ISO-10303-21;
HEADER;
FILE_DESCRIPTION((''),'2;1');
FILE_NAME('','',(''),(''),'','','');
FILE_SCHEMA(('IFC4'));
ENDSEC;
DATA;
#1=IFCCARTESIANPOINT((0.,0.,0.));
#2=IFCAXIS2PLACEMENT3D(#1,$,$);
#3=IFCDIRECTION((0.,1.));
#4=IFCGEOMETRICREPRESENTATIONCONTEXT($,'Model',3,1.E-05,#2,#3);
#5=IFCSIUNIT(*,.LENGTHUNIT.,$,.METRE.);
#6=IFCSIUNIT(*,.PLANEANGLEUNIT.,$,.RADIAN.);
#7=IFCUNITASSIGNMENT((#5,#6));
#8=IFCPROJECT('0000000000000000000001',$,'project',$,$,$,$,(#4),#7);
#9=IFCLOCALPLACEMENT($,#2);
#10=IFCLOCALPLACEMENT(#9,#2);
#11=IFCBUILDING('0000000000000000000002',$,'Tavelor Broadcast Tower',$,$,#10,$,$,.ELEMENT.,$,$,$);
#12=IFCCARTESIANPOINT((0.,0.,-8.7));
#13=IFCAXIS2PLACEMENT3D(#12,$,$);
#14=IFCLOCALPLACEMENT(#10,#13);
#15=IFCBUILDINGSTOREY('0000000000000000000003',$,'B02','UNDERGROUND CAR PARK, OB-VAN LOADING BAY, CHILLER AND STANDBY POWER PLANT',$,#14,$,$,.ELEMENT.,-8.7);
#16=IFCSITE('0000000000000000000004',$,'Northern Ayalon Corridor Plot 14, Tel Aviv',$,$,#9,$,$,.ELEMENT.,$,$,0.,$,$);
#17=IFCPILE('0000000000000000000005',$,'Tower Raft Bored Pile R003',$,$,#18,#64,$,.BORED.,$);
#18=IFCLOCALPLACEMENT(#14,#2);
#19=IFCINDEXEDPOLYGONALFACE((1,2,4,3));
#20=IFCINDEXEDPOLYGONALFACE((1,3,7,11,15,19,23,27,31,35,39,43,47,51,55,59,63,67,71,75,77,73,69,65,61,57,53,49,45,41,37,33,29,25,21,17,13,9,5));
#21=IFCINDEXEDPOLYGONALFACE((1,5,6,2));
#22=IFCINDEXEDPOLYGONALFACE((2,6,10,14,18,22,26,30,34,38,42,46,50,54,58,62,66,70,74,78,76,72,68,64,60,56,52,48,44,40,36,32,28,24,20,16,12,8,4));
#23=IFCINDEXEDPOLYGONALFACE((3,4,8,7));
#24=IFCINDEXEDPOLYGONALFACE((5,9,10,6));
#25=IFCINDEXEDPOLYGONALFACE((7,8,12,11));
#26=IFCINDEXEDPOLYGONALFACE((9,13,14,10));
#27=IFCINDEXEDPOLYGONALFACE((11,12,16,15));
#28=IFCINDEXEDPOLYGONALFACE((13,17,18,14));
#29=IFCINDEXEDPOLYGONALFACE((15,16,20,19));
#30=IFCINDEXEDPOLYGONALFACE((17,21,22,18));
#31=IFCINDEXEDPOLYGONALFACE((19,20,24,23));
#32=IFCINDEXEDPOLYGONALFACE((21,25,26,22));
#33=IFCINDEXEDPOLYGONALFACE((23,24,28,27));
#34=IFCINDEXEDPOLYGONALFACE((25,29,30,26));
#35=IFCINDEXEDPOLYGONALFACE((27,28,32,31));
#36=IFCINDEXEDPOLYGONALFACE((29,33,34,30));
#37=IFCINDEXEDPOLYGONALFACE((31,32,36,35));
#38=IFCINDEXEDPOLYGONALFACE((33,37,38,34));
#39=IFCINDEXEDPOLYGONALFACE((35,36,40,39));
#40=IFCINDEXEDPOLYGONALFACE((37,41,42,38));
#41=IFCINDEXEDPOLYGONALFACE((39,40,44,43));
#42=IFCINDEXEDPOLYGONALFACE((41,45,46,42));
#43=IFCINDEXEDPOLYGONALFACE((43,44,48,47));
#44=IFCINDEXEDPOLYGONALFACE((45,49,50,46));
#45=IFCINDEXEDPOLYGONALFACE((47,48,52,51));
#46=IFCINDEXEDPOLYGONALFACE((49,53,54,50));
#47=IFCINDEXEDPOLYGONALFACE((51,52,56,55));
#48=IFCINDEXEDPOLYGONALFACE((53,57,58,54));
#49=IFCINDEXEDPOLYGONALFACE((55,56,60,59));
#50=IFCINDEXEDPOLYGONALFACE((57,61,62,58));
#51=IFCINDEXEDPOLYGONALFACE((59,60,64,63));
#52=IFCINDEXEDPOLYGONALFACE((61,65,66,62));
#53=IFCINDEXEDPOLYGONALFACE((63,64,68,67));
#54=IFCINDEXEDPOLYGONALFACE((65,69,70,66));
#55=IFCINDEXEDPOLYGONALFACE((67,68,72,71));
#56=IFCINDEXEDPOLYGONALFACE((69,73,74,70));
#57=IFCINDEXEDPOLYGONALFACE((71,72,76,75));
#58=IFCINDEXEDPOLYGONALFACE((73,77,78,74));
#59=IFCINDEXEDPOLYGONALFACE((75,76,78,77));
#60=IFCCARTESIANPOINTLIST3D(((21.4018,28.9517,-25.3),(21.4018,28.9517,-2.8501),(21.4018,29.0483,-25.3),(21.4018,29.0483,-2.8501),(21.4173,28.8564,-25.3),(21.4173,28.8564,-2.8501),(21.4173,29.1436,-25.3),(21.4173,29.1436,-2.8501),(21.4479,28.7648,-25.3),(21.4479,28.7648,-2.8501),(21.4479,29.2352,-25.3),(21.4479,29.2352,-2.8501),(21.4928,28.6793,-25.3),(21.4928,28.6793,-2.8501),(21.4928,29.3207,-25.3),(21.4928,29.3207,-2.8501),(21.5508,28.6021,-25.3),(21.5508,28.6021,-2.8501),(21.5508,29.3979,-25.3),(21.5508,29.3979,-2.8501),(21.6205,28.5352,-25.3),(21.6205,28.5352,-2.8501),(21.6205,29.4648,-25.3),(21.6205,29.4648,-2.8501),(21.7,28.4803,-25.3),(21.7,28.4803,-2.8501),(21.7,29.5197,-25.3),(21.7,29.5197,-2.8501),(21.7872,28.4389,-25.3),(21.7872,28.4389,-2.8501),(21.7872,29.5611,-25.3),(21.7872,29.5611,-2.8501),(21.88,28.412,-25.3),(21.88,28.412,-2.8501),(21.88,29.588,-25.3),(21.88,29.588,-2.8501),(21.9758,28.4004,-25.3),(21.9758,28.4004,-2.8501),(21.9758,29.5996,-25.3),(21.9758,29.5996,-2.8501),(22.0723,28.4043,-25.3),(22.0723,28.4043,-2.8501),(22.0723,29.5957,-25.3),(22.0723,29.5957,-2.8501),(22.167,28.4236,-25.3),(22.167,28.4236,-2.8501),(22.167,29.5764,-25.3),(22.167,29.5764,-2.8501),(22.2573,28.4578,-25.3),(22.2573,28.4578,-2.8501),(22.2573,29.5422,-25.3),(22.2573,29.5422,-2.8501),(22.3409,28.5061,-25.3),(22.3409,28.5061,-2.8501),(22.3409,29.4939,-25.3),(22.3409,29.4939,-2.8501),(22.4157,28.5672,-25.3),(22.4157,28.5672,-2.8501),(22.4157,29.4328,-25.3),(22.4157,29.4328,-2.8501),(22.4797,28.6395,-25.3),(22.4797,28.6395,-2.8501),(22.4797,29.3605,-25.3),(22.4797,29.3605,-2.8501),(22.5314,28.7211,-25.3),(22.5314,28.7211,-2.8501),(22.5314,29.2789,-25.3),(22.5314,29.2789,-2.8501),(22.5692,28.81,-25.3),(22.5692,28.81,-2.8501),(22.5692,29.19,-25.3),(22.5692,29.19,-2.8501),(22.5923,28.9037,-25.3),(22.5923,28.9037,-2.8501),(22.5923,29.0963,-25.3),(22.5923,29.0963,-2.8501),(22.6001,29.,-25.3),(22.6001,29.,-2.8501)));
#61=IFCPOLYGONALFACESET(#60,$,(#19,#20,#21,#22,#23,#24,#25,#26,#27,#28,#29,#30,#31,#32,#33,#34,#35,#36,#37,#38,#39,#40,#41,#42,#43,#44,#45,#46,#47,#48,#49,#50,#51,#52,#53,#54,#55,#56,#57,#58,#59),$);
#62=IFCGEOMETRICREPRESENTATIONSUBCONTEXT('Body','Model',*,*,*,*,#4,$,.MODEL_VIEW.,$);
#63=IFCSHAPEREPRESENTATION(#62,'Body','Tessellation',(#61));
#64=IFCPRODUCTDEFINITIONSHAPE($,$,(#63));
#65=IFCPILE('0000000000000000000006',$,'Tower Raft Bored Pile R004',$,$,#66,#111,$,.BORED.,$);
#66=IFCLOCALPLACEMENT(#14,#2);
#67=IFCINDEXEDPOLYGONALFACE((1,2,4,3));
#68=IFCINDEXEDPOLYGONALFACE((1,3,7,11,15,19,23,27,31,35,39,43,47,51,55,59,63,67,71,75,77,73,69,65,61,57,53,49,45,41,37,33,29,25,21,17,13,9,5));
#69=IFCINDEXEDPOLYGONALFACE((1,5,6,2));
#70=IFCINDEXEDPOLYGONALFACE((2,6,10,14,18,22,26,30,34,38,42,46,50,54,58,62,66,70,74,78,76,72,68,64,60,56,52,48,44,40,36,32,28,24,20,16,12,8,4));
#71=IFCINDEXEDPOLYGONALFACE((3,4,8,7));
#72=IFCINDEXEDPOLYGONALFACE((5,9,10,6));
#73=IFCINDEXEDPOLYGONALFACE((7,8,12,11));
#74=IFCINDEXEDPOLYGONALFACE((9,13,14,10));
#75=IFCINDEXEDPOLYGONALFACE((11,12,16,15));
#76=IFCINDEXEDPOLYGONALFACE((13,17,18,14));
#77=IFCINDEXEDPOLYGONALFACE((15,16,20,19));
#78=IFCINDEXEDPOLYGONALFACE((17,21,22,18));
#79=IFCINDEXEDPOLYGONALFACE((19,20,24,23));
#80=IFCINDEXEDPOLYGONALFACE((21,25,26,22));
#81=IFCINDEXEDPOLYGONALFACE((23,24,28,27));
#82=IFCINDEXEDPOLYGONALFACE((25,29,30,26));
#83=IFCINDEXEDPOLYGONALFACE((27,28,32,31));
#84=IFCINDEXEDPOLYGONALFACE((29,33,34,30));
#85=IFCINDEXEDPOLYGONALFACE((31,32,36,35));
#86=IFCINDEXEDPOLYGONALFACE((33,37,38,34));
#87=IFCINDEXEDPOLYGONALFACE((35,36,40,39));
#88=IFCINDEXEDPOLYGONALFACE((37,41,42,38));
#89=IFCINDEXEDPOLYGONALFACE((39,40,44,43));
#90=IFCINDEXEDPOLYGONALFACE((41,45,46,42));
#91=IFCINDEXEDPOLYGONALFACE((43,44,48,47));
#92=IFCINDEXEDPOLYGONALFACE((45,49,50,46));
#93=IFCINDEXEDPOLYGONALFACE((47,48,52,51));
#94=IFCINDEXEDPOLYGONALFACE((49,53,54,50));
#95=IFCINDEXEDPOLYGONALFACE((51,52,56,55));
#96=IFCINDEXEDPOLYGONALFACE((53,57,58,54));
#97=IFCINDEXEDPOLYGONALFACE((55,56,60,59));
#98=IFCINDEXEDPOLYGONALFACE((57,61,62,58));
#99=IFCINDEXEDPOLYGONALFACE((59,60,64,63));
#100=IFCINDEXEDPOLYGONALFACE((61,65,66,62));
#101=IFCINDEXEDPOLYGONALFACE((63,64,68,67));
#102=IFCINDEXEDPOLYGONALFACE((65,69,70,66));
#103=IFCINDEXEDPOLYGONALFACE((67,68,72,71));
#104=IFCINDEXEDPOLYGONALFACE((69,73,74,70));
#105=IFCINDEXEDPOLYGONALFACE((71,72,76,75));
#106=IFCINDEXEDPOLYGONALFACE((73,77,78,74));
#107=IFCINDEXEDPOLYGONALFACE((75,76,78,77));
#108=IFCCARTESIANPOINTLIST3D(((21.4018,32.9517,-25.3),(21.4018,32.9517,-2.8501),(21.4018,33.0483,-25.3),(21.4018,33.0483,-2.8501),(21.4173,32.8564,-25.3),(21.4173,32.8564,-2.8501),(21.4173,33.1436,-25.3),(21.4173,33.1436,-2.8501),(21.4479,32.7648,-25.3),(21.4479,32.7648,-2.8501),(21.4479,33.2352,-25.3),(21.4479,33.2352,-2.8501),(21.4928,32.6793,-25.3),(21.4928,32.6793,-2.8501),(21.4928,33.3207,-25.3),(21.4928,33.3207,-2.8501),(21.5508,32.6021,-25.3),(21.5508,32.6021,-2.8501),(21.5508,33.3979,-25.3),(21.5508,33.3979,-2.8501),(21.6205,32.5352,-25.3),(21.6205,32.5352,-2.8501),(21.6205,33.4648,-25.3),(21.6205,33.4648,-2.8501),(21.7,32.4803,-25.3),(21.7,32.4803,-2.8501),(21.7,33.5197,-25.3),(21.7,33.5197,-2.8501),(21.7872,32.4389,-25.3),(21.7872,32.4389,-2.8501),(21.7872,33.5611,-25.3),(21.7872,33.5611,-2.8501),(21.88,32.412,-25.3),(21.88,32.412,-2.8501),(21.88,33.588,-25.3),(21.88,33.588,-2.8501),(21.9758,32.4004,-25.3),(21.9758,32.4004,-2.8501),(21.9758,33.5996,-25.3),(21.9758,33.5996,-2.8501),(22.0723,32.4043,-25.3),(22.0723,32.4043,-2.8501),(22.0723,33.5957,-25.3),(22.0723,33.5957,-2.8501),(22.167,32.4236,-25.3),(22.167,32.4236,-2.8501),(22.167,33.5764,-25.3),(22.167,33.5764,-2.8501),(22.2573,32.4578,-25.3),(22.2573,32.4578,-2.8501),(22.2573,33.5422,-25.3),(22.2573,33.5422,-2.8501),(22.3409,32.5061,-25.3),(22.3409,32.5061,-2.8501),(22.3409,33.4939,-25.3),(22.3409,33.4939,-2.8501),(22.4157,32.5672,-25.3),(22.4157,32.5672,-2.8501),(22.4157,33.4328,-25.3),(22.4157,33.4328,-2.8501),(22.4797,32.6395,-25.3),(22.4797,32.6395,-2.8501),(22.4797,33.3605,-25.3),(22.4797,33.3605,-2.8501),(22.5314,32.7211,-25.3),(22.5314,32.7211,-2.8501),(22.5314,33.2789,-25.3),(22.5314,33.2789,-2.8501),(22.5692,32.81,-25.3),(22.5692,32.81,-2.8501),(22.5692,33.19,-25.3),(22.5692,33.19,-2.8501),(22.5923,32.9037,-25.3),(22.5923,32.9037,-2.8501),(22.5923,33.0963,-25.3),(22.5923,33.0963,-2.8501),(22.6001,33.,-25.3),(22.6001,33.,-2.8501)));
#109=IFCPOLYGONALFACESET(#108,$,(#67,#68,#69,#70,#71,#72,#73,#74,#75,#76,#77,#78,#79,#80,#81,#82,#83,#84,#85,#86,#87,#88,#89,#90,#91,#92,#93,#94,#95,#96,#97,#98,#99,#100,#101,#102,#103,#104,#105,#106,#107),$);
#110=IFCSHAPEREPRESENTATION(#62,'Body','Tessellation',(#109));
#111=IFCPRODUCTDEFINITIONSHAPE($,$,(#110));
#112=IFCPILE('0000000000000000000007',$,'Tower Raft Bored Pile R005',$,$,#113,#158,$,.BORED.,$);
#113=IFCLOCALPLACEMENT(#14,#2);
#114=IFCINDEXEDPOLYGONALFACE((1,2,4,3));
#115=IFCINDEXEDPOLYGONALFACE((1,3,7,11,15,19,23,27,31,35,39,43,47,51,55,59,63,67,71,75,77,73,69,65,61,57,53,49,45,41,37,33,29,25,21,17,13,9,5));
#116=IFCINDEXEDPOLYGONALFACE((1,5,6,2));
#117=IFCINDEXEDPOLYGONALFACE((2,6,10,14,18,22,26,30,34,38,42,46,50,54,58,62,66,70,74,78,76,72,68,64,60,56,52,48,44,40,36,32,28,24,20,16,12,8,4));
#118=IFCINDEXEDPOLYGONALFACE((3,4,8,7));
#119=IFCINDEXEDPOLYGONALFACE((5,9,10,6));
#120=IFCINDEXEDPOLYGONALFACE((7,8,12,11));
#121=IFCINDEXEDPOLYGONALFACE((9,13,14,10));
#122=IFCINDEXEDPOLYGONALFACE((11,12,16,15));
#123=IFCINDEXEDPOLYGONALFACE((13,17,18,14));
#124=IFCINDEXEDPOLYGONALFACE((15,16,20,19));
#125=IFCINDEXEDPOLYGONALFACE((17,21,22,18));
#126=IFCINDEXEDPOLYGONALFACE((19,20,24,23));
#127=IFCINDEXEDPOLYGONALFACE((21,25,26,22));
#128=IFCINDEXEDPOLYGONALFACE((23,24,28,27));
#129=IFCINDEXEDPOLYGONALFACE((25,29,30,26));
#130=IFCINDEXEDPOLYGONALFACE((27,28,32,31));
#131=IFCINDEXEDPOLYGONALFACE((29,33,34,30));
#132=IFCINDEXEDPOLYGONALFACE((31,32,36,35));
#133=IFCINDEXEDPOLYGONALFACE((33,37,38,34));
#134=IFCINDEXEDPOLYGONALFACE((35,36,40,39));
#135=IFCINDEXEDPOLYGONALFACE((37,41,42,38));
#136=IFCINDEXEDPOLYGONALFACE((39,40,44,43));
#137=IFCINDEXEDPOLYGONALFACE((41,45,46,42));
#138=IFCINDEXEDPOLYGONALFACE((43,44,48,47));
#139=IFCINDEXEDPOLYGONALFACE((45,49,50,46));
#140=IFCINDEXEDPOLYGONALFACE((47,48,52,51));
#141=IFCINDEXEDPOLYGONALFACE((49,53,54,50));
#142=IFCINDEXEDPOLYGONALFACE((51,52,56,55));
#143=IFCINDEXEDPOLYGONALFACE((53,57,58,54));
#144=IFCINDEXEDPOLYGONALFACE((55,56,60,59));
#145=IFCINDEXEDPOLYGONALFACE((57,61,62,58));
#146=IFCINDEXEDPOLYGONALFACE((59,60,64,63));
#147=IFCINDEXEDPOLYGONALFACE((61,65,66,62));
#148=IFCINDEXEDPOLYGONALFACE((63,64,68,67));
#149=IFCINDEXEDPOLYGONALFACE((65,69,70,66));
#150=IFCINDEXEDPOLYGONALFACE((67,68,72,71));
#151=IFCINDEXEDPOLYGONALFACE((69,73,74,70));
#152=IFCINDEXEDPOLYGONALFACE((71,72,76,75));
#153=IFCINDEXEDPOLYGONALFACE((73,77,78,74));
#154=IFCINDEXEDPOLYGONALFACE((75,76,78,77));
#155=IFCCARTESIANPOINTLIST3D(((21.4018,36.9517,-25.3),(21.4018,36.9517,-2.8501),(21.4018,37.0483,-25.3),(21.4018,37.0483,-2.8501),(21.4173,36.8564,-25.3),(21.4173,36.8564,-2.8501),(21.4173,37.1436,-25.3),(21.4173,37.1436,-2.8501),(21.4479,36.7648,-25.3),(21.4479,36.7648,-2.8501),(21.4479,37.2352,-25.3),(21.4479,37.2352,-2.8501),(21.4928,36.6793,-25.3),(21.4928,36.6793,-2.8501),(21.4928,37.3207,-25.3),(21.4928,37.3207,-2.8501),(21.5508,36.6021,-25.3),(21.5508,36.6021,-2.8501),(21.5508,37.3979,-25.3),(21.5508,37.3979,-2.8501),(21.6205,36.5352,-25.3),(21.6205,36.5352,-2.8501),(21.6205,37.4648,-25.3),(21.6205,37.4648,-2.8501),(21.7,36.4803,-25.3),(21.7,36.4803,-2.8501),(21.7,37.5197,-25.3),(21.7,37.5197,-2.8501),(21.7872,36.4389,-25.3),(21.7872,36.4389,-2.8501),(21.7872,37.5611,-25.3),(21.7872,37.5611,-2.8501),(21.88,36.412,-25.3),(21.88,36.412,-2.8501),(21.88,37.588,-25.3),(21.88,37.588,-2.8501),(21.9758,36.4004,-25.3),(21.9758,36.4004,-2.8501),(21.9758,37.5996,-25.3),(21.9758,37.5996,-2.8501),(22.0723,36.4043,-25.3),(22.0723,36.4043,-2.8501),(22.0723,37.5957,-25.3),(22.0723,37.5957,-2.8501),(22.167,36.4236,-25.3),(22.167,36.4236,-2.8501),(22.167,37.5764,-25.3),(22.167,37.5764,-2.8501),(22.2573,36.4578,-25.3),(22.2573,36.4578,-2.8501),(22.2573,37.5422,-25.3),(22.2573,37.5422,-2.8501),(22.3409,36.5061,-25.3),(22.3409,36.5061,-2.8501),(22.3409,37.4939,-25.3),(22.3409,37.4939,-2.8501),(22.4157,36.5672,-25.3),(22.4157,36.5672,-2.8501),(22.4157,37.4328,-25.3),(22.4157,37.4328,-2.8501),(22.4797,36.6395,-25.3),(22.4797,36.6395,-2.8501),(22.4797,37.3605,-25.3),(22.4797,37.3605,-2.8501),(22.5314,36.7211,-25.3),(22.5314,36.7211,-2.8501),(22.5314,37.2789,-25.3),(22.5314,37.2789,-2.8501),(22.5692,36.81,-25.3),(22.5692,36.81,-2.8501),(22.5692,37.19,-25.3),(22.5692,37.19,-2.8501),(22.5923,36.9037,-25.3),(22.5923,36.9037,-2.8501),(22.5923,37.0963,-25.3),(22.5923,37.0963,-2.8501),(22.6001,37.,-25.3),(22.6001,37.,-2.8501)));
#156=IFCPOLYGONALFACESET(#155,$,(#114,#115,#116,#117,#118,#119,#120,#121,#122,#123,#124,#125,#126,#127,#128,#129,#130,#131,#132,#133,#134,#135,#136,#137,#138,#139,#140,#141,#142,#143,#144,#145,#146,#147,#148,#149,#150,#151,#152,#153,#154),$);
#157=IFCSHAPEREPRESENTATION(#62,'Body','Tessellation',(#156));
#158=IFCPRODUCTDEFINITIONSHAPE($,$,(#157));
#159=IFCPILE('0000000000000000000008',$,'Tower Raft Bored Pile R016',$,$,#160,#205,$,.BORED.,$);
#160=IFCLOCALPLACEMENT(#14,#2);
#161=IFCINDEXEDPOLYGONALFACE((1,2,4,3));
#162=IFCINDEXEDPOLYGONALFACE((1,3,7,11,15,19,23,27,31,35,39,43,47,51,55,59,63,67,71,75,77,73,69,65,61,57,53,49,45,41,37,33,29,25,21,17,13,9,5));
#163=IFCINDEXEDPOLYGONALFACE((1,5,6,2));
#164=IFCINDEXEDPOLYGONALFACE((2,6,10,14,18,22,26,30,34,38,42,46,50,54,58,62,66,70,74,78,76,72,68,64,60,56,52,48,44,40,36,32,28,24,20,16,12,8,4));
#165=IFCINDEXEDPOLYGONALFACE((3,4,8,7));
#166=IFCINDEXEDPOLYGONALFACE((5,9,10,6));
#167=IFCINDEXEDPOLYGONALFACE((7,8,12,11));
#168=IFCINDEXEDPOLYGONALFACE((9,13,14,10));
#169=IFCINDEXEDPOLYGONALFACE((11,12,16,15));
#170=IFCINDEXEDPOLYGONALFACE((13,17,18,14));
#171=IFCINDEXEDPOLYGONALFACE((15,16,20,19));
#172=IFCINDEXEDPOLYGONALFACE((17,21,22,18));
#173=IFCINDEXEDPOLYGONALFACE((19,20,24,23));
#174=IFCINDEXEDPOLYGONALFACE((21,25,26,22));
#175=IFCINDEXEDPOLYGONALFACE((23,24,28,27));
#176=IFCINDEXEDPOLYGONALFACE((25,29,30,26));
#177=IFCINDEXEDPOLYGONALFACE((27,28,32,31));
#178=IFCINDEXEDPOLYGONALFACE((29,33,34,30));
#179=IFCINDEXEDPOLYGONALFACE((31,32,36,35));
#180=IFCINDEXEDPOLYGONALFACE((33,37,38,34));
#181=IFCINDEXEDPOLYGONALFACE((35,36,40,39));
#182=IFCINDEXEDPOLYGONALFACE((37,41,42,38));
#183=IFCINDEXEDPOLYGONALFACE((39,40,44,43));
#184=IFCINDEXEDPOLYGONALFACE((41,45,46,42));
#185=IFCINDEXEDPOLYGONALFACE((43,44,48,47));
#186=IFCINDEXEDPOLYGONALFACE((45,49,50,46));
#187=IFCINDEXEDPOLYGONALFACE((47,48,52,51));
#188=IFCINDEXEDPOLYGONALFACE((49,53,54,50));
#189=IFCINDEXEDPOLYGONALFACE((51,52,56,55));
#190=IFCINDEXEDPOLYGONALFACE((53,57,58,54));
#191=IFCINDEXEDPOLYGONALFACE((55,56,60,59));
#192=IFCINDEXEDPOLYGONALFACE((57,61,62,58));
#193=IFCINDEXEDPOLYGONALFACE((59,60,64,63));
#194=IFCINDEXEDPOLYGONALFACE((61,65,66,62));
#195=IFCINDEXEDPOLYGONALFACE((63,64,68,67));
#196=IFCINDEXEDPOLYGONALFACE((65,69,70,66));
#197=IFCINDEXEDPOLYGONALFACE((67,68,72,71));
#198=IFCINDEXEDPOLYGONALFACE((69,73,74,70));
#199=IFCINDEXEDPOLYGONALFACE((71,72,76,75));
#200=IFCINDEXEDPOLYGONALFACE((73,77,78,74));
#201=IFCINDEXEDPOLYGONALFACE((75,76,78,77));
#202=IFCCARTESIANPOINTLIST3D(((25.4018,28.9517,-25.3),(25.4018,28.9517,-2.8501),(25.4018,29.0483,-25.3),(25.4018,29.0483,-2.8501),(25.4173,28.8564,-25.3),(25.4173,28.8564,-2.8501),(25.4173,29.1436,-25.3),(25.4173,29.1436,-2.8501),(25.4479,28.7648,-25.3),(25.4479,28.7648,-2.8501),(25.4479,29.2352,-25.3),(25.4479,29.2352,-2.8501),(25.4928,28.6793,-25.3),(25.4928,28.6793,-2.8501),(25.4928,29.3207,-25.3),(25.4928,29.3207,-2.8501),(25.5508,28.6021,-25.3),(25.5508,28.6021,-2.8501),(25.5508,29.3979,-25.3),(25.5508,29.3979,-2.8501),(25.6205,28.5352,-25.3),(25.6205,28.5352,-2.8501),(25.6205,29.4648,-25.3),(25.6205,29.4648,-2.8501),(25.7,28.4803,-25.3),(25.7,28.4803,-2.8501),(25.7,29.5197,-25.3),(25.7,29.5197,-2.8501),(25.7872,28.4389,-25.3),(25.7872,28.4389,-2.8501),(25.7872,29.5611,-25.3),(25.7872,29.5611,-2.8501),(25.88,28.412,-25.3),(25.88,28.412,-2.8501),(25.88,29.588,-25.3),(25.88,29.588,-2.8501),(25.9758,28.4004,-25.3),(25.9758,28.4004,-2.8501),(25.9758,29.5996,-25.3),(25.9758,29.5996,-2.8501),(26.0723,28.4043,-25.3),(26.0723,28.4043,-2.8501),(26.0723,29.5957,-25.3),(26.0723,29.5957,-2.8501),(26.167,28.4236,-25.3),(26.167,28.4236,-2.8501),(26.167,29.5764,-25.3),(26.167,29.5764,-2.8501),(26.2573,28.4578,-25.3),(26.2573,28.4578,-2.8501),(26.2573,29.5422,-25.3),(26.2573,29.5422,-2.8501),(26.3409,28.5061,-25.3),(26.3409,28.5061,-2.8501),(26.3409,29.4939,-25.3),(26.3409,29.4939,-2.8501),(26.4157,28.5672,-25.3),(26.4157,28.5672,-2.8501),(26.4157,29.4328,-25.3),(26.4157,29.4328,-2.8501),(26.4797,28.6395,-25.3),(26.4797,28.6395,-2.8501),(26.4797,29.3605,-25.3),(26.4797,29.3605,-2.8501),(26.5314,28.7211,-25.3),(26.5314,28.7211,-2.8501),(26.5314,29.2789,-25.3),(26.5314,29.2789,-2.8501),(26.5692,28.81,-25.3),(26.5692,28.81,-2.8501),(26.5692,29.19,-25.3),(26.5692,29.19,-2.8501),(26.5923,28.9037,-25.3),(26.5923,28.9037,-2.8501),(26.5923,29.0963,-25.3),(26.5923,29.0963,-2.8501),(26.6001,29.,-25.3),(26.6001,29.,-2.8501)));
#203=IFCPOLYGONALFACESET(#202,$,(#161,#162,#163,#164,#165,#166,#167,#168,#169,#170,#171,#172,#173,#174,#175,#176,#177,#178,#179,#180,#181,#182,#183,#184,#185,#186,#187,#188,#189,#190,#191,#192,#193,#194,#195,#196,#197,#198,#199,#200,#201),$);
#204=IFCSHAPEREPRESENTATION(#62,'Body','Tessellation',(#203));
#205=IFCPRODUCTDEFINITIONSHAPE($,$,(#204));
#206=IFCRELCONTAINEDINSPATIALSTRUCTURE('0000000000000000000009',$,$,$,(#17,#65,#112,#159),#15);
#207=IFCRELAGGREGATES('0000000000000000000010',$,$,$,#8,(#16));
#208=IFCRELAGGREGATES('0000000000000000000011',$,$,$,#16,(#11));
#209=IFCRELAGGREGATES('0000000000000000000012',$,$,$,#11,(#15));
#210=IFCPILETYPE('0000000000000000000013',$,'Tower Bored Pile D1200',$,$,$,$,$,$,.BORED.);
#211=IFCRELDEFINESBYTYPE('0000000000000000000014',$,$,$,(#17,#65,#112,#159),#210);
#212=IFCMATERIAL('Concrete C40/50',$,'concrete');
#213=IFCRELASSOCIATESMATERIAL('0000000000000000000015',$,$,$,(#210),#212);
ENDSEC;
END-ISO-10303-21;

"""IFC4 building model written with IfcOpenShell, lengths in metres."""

from ifc_helpers import new_model, si_unit, direction, frame, origin, origin_2d, place, context, subcontext, project, spatial, circle, extrude, material, material_profile, profile_set, type_object, element, save


model = new_model("IFC4")

# Units and contexts
model_context = context("Model", 3, precision=1e-05, world=origin(), true_north=direction((0.0, 1.0)))
body_context = subcontext(model_context, "Body", "Model", "MODEL_VIEW")
ifc_project = project(units=[si_unit("LENGTHUNIT", "METRE"), si_unit("PLANEANGLEUNIT", "RADIAN")], contexts=[model_context])

# Site, building, storey
site_placement = place(None, origin())
site = spatial("IfcSite", under=ifc_project, at=site_placement, Name="Northern Ayalon Corridor Plot 14, Tel Aviv", CompositionType="ELEMENT", RefElevation=0.0)
building_placement = place(site_placement, origin())
building = spatial("IfcBuilding", under=site, at=building_placement, Name="Tavelor Broadcast Tower", CompositionType="ELEMENT")
storey_placement = place(building_placement, frame((0.0, 0.0, -8.7)))
storey = spatial("IfcBuildingStorey", under=building, at=storey_placement, Name="B02", Description="UNDERGROUND CAR PARK, OB-VAN LOADING BAY, CHILLER AND STANDBY POWER PLANT", CompositionType="ELEMENT", Elevation=-8.7)

# Shared definitions
ifc_material_1 = material(Name="Concrete C40/50", Category="concrete")

# Piles
ifc_material_profile_1 = material_profile(ifc_material_1, circle(Radius=0.6001, at=origin_2d()), Name="PILE D1200")
ifc_profile_set_1 = profile_set([ifc_material_profile_1], Name="Concrete C40/50")
pile_type_1 = type_object("IfcPileType", Name="Tower Bored Pile D1200", PredefinedType="BORED", material=ifc_profile_set_1)
for number, where, z_axis, x_axis, name in (
    (1, (22.0, 29.0, -2.8501), (0.0, 0.0, -1.0), (1.0, 0.0, 0.0), "Tower Raft Bored Pile R003"),
    (2, (22.0, 33.0, -2.8501), (0.0, 0.0, -1.0), (1.0, 0.0, 0.0), "Tower Raft Bored Pile R004"),
    (3, (22.0, 37.0, -2.8501), (0.0, 0.0, -1.0), (1.0, 0.0, 0.0), "Tower Raft Bored Pile R005"),
    (4, (26.0, 29.0, -2.8501), (0.0, 0.0, -1.0), (1.0, 0.0, 0.0), "Tower Raft Bored Pile R016"),
):
    element("IfcPile", number, at=place(storey_placement, frame(where, z_axis=z_axis, x_axis=x_axis)), inside=storey, type_object=pile_type_1, Name=name, PredefinedType="BORED", context=body_context, shape_type="SweptSolid", body=[
        extrude(circle(Radius=0.6001, at=origin_2d()), origin(), (0.0, 0.0, 1.0), 22.45),
    ])

save(model, "model.ifc")
